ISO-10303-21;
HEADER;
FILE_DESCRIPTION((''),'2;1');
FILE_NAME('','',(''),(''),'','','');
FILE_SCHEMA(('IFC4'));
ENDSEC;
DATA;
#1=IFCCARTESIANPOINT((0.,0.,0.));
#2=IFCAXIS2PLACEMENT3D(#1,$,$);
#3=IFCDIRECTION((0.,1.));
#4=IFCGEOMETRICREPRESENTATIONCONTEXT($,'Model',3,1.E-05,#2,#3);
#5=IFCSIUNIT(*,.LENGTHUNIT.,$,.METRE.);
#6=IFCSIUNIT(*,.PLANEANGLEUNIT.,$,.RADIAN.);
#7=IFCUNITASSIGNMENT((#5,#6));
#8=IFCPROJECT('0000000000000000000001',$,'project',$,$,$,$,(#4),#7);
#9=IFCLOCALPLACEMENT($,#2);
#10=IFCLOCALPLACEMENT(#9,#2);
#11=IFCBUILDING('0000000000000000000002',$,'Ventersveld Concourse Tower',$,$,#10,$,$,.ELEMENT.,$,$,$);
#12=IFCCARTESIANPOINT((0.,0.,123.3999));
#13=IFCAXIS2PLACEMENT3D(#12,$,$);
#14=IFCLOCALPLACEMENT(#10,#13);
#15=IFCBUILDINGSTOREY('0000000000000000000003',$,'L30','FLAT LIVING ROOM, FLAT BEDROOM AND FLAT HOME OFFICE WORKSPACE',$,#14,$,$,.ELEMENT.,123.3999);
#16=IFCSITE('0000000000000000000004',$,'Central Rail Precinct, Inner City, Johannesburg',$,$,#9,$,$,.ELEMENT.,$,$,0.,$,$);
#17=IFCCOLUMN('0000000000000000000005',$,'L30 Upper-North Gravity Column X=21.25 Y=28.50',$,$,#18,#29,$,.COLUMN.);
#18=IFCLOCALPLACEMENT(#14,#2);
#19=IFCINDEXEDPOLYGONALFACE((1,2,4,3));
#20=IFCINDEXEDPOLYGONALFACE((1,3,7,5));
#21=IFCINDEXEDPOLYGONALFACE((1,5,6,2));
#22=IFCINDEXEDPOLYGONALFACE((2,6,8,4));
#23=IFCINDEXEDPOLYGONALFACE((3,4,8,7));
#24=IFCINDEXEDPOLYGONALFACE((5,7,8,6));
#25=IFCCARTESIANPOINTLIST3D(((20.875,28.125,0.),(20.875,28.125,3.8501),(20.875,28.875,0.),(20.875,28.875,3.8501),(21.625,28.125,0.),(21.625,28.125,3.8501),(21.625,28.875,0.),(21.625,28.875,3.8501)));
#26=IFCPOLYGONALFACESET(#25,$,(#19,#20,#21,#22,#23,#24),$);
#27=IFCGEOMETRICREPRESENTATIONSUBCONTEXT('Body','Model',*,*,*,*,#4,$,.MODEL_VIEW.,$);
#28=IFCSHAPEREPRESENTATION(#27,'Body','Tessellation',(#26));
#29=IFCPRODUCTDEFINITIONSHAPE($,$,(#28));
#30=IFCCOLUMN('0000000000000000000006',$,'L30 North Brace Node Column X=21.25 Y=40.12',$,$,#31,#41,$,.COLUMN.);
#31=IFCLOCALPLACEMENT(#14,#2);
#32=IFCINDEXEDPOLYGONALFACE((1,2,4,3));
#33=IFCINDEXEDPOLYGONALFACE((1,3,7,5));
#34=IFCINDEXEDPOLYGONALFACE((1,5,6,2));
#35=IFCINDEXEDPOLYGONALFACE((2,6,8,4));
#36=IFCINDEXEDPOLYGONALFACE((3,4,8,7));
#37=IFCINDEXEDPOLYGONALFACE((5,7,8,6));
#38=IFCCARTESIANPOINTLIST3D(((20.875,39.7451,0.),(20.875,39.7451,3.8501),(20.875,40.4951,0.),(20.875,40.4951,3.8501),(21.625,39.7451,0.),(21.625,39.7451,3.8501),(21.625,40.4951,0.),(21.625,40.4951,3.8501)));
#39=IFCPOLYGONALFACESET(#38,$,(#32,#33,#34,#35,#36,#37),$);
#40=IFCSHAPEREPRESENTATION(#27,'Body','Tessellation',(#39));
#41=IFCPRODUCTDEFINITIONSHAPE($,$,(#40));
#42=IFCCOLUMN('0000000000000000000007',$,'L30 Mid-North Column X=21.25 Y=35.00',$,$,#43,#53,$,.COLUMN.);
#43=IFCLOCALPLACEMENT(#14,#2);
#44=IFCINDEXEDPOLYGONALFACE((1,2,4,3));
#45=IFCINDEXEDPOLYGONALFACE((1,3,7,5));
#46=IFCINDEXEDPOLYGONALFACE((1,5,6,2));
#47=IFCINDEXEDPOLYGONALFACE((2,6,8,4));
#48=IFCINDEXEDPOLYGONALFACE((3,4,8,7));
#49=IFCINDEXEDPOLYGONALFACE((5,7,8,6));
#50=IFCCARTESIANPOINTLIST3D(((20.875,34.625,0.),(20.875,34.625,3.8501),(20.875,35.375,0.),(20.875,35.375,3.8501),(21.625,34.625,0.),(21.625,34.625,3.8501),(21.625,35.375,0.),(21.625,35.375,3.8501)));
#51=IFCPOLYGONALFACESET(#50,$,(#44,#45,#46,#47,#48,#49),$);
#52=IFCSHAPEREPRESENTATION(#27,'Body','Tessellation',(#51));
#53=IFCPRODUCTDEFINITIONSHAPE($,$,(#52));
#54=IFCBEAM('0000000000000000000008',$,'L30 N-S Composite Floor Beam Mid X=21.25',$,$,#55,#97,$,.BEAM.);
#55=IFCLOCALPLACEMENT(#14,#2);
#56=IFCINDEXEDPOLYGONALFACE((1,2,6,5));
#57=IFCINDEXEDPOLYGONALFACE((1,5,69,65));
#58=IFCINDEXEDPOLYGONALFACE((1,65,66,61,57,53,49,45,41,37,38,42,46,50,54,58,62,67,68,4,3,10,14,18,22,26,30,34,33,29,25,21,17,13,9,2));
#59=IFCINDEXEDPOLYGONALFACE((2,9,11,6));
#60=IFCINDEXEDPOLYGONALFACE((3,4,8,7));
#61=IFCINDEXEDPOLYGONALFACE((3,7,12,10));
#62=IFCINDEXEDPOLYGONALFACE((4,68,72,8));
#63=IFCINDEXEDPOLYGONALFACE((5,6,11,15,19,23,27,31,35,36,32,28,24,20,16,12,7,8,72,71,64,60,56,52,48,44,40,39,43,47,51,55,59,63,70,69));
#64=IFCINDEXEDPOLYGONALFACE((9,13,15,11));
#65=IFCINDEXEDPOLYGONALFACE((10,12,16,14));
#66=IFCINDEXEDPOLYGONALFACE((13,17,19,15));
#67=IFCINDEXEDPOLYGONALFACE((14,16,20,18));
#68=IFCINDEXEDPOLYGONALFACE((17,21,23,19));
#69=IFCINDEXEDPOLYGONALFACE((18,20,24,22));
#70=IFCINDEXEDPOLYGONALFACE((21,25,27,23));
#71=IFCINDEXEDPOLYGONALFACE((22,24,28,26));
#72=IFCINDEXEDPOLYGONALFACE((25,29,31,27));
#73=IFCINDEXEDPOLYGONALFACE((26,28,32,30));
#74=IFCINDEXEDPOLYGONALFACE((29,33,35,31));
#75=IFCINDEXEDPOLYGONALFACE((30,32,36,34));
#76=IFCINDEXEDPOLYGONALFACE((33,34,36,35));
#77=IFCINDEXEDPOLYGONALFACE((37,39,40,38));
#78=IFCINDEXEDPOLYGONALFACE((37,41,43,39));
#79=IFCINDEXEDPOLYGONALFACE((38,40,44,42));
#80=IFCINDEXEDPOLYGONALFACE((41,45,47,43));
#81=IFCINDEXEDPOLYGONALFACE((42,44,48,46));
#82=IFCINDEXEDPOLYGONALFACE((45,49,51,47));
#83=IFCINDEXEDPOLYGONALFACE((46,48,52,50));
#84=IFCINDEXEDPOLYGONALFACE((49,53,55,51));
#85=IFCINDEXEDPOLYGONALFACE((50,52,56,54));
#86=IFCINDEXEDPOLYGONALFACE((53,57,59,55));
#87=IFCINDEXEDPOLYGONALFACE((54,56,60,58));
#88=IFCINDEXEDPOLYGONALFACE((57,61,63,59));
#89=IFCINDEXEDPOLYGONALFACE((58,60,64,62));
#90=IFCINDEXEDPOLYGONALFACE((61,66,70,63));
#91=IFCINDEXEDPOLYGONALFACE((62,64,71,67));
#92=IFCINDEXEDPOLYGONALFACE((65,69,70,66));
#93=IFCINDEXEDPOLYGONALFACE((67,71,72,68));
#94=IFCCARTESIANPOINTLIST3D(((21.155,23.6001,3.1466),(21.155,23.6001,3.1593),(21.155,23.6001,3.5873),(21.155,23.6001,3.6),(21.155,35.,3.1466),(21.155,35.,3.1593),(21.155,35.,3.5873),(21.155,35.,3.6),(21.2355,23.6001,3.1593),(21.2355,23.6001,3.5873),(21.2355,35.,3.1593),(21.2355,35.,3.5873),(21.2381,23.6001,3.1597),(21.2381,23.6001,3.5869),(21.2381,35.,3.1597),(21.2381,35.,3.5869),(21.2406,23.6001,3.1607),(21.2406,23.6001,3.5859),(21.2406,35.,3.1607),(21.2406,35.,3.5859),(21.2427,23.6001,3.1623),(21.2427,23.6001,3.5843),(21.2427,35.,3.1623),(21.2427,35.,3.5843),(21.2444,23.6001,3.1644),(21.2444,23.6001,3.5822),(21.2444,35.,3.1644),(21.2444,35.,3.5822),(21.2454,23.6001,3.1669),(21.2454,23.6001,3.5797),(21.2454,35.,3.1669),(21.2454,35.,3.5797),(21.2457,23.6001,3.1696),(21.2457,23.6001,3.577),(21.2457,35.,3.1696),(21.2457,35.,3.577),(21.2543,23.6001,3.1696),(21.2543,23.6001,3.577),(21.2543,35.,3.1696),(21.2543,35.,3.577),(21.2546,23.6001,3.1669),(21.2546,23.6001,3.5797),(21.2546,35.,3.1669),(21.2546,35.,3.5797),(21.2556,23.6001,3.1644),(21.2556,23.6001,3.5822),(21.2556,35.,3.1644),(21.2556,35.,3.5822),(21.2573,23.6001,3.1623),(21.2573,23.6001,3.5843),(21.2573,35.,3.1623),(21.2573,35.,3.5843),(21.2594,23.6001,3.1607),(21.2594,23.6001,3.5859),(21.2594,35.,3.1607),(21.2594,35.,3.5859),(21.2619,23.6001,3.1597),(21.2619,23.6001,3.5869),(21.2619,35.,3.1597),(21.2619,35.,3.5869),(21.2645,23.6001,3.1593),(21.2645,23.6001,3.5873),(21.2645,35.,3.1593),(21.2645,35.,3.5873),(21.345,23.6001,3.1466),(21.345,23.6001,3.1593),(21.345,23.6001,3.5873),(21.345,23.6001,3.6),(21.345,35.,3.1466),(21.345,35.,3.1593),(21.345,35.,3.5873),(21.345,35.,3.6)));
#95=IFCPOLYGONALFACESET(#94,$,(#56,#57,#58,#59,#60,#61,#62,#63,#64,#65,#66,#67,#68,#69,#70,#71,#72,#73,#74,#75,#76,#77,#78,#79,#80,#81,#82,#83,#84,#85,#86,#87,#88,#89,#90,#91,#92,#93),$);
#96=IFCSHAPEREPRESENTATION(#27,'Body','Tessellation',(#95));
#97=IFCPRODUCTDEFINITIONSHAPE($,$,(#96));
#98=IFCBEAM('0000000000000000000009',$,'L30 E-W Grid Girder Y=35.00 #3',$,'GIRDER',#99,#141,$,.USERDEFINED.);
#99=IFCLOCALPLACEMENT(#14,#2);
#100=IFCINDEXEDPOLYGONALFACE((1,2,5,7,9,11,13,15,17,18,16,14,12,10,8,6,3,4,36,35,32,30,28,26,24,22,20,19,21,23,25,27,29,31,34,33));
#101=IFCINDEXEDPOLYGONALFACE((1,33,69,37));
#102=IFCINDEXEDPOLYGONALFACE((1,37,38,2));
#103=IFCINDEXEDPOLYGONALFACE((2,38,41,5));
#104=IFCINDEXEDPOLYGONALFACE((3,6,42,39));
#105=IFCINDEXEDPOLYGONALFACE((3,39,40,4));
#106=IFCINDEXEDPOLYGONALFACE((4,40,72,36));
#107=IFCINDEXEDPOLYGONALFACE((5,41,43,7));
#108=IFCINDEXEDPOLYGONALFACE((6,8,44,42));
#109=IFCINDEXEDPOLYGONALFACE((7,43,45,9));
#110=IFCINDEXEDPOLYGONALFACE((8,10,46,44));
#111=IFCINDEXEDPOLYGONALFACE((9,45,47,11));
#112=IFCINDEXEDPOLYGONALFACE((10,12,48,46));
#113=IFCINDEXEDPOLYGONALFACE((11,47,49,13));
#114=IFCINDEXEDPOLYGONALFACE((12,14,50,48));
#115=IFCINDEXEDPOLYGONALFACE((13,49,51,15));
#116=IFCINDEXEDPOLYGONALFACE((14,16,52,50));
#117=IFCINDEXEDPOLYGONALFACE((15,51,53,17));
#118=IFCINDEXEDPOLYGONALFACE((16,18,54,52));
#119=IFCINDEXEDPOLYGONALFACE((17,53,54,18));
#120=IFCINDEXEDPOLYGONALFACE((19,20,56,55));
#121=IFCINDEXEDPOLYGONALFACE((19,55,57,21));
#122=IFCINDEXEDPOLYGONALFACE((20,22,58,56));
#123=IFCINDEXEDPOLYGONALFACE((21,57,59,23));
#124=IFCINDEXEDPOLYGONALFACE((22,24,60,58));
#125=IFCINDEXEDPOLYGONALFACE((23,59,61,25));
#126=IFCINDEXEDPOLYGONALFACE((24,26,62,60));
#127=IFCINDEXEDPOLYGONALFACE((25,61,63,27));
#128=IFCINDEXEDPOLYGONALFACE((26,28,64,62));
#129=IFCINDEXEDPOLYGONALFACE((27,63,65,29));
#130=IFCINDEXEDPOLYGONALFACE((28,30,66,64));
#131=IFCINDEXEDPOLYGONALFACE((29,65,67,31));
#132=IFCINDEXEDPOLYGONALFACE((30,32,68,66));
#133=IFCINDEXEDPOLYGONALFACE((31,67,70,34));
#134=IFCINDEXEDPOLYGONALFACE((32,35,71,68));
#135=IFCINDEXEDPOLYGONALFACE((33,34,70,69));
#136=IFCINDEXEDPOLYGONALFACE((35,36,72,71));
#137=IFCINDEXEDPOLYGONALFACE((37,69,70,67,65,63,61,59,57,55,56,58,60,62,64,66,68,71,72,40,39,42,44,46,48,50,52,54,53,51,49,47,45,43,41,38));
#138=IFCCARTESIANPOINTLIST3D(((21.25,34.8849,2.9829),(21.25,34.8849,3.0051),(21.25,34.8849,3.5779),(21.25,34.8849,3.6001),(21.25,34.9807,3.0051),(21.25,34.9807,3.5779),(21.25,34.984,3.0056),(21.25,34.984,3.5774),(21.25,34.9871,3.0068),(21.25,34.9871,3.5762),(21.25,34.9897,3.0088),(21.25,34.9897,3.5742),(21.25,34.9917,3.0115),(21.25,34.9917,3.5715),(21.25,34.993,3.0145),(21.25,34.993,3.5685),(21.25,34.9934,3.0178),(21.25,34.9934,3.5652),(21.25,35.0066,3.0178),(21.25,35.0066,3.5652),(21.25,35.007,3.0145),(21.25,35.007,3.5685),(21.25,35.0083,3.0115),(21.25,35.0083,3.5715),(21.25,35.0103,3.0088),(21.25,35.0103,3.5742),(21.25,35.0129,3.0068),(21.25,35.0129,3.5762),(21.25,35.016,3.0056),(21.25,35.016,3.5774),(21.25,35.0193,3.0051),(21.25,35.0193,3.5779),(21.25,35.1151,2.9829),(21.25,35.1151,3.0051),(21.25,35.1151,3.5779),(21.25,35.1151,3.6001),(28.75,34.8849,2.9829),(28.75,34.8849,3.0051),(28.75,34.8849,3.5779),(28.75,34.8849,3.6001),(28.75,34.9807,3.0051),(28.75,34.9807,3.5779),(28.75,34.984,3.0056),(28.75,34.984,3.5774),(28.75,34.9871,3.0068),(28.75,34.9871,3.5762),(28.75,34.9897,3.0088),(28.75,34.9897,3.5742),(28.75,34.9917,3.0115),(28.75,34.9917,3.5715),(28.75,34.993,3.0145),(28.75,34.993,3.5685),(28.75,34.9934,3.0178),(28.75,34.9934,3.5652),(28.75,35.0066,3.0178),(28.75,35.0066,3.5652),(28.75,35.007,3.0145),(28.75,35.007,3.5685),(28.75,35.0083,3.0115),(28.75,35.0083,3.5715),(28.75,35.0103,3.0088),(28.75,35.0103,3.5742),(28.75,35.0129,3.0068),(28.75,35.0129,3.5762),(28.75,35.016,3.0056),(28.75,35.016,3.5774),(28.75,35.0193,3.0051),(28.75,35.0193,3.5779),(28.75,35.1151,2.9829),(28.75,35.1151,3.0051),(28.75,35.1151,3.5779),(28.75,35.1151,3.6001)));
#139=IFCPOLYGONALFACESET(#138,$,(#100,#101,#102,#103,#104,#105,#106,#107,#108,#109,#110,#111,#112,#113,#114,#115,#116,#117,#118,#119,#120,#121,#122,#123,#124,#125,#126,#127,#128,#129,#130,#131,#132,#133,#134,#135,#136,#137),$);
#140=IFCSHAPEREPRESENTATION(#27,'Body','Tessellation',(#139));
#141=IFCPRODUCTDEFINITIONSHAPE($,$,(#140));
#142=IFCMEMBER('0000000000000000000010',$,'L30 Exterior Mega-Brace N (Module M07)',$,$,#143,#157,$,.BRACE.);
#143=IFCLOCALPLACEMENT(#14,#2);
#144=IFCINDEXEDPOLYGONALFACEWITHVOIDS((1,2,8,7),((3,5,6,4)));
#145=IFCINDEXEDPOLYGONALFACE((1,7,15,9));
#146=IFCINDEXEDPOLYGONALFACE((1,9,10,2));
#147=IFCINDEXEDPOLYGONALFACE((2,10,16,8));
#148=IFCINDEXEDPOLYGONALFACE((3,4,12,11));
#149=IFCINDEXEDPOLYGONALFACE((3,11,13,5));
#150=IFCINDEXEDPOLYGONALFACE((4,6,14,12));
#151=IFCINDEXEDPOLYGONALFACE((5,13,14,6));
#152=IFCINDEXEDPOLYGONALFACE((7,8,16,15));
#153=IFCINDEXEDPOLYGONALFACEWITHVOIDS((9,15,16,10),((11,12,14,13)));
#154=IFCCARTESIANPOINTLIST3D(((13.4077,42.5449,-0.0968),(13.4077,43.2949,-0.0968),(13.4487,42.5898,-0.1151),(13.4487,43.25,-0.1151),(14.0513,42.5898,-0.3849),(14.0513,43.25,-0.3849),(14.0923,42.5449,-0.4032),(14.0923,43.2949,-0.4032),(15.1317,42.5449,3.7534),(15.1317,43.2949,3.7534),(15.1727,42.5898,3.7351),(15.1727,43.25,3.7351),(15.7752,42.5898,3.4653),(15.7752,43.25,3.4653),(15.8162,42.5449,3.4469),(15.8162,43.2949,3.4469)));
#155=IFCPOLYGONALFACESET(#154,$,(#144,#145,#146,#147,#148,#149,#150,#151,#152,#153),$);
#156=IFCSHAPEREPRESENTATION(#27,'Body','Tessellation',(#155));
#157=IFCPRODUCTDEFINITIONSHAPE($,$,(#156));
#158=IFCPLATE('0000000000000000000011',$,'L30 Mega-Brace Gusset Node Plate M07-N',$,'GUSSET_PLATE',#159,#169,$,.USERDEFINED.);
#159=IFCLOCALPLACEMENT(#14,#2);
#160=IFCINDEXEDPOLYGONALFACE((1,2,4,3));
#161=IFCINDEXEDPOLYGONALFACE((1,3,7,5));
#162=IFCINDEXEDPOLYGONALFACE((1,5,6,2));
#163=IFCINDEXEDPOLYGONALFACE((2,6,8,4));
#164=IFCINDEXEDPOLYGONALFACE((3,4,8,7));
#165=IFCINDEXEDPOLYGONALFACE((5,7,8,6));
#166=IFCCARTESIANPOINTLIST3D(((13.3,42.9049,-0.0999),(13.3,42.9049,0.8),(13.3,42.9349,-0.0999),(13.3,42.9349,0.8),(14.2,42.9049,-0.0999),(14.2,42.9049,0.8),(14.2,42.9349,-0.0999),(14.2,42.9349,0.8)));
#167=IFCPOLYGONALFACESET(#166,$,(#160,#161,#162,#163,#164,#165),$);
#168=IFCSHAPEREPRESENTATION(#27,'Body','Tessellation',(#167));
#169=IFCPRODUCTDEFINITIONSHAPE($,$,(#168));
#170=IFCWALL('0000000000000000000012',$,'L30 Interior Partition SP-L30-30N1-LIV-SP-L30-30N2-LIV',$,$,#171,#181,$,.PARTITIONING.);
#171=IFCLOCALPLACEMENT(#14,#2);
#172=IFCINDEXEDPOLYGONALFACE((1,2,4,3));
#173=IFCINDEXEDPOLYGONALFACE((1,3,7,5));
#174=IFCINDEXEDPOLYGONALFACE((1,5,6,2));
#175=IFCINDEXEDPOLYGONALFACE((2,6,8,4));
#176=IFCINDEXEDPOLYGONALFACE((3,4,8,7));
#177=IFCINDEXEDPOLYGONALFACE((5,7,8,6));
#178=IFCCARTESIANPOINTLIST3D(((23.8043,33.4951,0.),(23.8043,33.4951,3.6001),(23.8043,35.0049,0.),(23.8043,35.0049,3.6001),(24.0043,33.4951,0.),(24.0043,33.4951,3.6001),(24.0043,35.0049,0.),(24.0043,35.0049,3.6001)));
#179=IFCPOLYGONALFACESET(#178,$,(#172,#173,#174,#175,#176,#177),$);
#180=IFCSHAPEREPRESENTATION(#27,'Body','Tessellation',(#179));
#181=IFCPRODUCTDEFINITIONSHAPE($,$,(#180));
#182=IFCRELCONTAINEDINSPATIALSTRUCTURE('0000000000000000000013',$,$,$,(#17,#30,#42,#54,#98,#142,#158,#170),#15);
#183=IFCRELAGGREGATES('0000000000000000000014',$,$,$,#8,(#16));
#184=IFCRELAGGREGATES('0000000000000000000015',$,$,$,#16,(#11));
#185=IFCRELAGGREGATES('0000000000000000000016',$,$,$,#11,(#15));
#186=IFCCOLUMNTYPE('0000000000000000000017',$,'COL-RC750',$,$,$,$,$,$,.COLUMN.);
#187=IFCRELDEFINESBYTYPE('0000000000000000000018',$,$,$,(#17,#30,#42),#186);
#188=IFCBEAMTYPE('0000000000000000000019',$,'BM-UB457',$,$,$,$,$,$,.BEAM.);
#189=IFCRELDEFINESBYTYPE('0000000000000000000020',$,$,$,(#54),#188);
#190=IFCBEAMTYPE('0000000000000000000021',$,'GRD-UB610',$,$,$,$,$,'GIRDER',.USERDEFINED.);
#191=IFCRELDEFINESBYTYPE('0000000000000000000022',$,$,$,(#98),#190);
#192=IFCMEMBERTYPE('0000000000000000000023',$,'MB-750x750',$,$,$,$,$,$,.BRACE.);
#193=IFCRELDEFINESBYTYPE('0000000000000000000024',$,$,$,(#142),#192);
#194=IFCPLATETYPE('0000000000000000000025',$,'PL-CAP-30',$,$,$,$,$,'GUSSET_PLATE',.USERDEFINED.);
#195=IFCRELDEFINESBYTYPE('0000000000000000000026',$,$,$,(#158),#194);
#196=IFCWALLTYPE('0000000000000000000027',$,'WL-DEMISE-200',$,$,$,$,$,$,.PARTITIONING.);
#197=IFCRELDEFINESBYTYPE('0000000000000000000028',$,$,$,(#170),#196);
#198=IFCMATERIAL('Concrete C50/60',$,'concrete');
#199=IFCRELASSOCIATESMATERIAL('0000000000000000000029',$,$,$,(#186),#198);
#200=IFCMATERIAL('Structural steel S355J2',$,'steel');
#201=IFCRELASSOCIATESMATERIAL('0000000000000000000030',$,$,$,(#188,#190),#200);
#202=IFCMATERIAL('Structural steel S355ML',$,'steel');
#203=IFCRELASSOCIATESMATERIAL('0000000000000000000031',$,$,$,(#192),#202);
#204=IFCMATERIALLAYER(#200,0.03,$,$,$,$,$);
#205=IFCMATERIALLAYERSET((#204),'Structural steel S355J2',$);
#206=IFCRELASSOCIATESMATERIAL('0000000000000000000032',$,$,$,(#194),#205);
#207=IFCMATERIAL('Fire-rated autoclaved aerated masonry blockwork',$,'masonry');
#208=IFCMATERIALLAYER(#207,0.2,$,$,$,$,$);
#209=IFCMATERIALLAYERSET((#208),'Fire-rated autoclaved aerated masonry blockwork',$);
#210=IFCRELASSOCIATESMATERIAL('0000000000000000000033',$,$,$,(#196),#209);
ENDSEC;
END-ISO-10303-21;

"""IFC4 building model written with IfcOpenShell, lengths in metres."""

from ifc_helpers import new_model, si_unit, direction, frame, frame_2d, origin, origin_2d, place, context, subcontext, project, spatial, rectangle, hollow_rectangle, i_section, extrude, material, layer, layer_set, material_profile, profile_set, type_object, element, save


model = new_model("IFC4")

# Units and contexts
model_context = context("Model", 3, precision=1e-05, world=origin(), true_north=direction((0.0, 1.0)))
body_context = subcontext(model_context, "Body", "Model", "MODEL_VIEW")
ifc_project = project(units=[si_unit("LENGTHUNIT", "METRE"), si_unit("PLANEANGLEUNIT", "RADIAN")], contexts=[model_context])

# Site, building, storey
site_placement = place(None, origin())
site = spatial("IfcSite", under=ifc_project, at=site_placement, Name="Central Rail Precinct, Inner City, Johannesburg", CompositionType="ELEMENT", RefElevation=0.0)
building_placement = place(site_placement, origin())
building = spatial("IfcBuilding", under=site, at=building_placement, Name="Ventersveld Concourse Tower", CompositionType="ELEMENT")
storey_placement = place(building_placement, frame((0.0, 0.0, 123.3999)))
storey = spatial("IfcBuildingStorey", under=building, at=storey_placement, Name="L30", Description="FLAT LIVING ROOM, FLAT BEDROOM AND FLAT HOME OFFICE WORKSPACE", CompositionType="ELEMENT", Elevation=123.3999)

# Columns
ifc_material_1 = material(Name="Concrete C50/60", Category="concrete")
ifc_material_profile_1 = material_profile(ifc_material_1, rectangle(XDim=0.75, YDim=0.75, at=origin_2d()), Name="RC 750x750")
ifc_profile_set_1 = profile_set([ifc_material_profile_1], Name="Concrete C50/60")
column_type = type_object("IfcColumnType", Name="COL-RC750", PredefinedType="COLUMN", material=ifc_profile_set_1)
for number, where, z_axis, x_axis, name in (
    (1, (21.25, 28.5, 0.0), (0.0, 0.0, 1.0), (1.0, 0.0, 0.0), "L30 Upper-North Gravity Column X=21.25 Y=28.50"),
    (2, (21.25, 40.1201, 0.0), (0.0, 0.0, 1.0), (1.0, 0.0, 0.0), "L30 North Brace Node Column X=21.25 Y=40.12"),
    (3, (21.25, 35.0, 0.0), (0.0, 0.0, 1.0), (1.0, 0.0, 0.0), "L30 Mid-North Column X=21.25 Y=35.00"),
):
    element("IfcColumn", number, at=place(storey_placement, frame(where, z_axis=z_axis, x_axis=x_axis)), inside=storey, type_object=column_type, Name=name, PredefinedType="COLUMN", context=body_context, shape_type="SweptSolid", body=[
        extrude(rectangle(XDim=0.75, YDim=0.75, at=origin_2d()), origin(), (0.0, 0.0, 1.0), 3.8501),
    ])

# Beams
ifc_material_2 = material(Name="Structural steel S355J2", Category="steel")
ifc_material_profile_2 = material_profile(ifc_material_2, i_section(OverallWidth=0.1899, OverallDepth=0.4534, WebThickness=0.0085, FlangeThickness=0.0127, FilletRadius=0.0103, at=origin_2d()), Name="UB 457x191x67")
ifc_profile_set_2 = profile_set([ifc_material_profile_2], Name="Structural steel S355J2")
beam_type_1 = type_object("IfcBeamType", Name="BM-UB457", PredefinedType="BEAM", material=ifc_profile_set_2)
beam_1_placement = place(storey_placement, frame((21.25, 23.6001, 3.3733), z_axis=(0.0, 1.0, 0.0), x_axis=(-1.0, 0.0, 0.0)))
element("IfcBeam", 4, at=beam_1_placement, inside=storey, type_object=beam_type_1, Name="L30 N-S Composite Floor Beam Mid X=21.25", PredefinedType="BEAM", context=body_context, shape_type="SweptSolid", body=[
    extrude(i_section(OverallWidth=0.1899, OverallDepth=0.4534, WebThickness=0.0085, FlangeThickness=0.0127, FilletRadius=0.0103, at=origin_2d()), origin(), (0.0, 0.0, 1.0), 11.3999),
])
ifc_material_profile_3 = material_profile(ifc_material_2, i_section(OverallWidth=0.2302, OverallDepth=0.6172, WebThickness=0.0132, FlangeThickness=0.0222, FilletRadius=0.0127, at=origin_2d()), Name="UB 610x229x140")
ifc_profile_set_3 = profile_set([ifc_material_profile_3], Name="Structural steel S355J2")
beam_type_2 = type_object("IfcBeamType", Name="GRD-UB610", ElementType="GIRDER", PredefinedType="USERDEFINED", material=ifc_profile_set_3)
beam_2_placement = place(storey_placement, frame((21.25, 35.0, 3.2915), z_axis=(1.0, 0.0, 0.0), x_axis=(0.0, 1.0, 0.0)))
element("IfcBeam", 5, at=beam_2_placement, inside=storey, type_object=beam_type_2, Name="L30 E-W Grid Girder Y=35.00 #3", ObjectType="GIRDER", PredefinedType="USERDEFINED", context=body_context, shape_type="SweptSolid", body=[
    extrude(i_section(OverallWidth=0.2302, OverallDepth=0.6172, WebThickness=0.0132, FlangeThickness=0.0222, FilletRadius=0.0127, at=origin_2d()), origin(), (0.0, 0.0, 1.0), 7.5),
])

# Member
ifc_material_3 = material(Name="Structural steel S355ML", Category="steel")
ifc_material_profile_4 = material_profile(ifc_material_3, hollow_rectangle(XDim=0.75, YDim=0.75, WallThickness=0.0449, at=origin_2d()), Name="BOX 750x750x45")
ifc_profile_set_4 = profile_set([ifc_material_profile_4], Name="Structural steel S355ML")
member_type = type_object("IfcMemberType", Name="MB-750x750", PredefinedType="BRACE", material=ifc_profile_set_4)
member_placement = place(storey_placement, frame((13.75, 42.9199, -0.25), z_axis=(0.408655, 0.0, 0.912689), x_axis=(0.0, 1.0, 0.0)))
element("IfcMember", 6, at=member_placement, inside=storey, type_object=member_type, Name="L30 Exterior Mega-Brace N (Module M07)", PredefinedType="BRACE", context=body_context, shape_type="SweptSolid", body=[
    extrude(hollow_rectangle(XDim=0.75, YDim=0.75, WallThickness=0.0449, at=origin_2d()), origin(), (0.0, 0.0, 1.0), 4.2185),
])

# Plate
ifc_layer_1 = layer(ifc_material_2, 0.03)
ifc_layer_set_1 = layer_set([ifc_layer_1], Name="Structural steel S355J2")
plate_type = type_object("IfcPlateType", Name="PL-CAP-30", ElementType="GUSSET_PLATE", PredefinedType="USERDEFINED", material=ifc_layer_set_1)
plate_placement = place(storey_placement, frame((13.75, 42.9199, -0.0999), z_axis=(0.0, 0.0, 1.0), x_axis=(1.0, 0.0, 0.0)))
element("IfcPlate", 7, at=plate_placement, inside=storey, type_object=plate_type, Name="L30 Mega-Brace Gusset Node Plate M07-N", ObjectType="GUSSET_PLATE", PredefinedType="USERDEFINED", context=body_context, shape_type="SweptSolid", body=[
    extrude(rectangle(XDim=0.8999, YDim=0.03, at=origin_2d()), origin(), (0.0, 0.0, 1.0), 0.8999),
])

# Wall
ifc_material_4 = material(Name="Fire-rated autoclaved aerated masonry blockwork", Category="masonry")
ifc_layer_2 = layer(ifc_material_4, 0.2)
ifc_layer_set_2 = layer_set([ifc_layer_2], Name="Fire-rated autoclaved aerated masonry blockwork")
wall_type_1 = type_object("IfcWallType", Name="WL-DEMISE-200", PredefinedType="PARTITIONING", material=ifc_layer_set_2)
wall_1_placement = place(storey_placement, frame((23.9043, 33.4951, 0.0), z_axis=(0.0, 0.0, 1.0), x_axis=(0.0, 1.0, 0.0)))
element("IfcWall", 8, at=wall_1_placement, inside=storey, type_object=wall_type_1, Name="L30 Interior Partition SP-L30-30N1-LIV-SP-L30-30N2-LIV", PredefinedType="PARTITIONING", context=body_context, shape_type="SweptSolid", body=[
    extrude(rectangle(XDim=1.5098, YDim=0.2, at=frame_2d((0.7549, 0.0))), origin(), (0.0, 0.0, 1.0), 3.6001),
])

save(model, "model.ifc")
